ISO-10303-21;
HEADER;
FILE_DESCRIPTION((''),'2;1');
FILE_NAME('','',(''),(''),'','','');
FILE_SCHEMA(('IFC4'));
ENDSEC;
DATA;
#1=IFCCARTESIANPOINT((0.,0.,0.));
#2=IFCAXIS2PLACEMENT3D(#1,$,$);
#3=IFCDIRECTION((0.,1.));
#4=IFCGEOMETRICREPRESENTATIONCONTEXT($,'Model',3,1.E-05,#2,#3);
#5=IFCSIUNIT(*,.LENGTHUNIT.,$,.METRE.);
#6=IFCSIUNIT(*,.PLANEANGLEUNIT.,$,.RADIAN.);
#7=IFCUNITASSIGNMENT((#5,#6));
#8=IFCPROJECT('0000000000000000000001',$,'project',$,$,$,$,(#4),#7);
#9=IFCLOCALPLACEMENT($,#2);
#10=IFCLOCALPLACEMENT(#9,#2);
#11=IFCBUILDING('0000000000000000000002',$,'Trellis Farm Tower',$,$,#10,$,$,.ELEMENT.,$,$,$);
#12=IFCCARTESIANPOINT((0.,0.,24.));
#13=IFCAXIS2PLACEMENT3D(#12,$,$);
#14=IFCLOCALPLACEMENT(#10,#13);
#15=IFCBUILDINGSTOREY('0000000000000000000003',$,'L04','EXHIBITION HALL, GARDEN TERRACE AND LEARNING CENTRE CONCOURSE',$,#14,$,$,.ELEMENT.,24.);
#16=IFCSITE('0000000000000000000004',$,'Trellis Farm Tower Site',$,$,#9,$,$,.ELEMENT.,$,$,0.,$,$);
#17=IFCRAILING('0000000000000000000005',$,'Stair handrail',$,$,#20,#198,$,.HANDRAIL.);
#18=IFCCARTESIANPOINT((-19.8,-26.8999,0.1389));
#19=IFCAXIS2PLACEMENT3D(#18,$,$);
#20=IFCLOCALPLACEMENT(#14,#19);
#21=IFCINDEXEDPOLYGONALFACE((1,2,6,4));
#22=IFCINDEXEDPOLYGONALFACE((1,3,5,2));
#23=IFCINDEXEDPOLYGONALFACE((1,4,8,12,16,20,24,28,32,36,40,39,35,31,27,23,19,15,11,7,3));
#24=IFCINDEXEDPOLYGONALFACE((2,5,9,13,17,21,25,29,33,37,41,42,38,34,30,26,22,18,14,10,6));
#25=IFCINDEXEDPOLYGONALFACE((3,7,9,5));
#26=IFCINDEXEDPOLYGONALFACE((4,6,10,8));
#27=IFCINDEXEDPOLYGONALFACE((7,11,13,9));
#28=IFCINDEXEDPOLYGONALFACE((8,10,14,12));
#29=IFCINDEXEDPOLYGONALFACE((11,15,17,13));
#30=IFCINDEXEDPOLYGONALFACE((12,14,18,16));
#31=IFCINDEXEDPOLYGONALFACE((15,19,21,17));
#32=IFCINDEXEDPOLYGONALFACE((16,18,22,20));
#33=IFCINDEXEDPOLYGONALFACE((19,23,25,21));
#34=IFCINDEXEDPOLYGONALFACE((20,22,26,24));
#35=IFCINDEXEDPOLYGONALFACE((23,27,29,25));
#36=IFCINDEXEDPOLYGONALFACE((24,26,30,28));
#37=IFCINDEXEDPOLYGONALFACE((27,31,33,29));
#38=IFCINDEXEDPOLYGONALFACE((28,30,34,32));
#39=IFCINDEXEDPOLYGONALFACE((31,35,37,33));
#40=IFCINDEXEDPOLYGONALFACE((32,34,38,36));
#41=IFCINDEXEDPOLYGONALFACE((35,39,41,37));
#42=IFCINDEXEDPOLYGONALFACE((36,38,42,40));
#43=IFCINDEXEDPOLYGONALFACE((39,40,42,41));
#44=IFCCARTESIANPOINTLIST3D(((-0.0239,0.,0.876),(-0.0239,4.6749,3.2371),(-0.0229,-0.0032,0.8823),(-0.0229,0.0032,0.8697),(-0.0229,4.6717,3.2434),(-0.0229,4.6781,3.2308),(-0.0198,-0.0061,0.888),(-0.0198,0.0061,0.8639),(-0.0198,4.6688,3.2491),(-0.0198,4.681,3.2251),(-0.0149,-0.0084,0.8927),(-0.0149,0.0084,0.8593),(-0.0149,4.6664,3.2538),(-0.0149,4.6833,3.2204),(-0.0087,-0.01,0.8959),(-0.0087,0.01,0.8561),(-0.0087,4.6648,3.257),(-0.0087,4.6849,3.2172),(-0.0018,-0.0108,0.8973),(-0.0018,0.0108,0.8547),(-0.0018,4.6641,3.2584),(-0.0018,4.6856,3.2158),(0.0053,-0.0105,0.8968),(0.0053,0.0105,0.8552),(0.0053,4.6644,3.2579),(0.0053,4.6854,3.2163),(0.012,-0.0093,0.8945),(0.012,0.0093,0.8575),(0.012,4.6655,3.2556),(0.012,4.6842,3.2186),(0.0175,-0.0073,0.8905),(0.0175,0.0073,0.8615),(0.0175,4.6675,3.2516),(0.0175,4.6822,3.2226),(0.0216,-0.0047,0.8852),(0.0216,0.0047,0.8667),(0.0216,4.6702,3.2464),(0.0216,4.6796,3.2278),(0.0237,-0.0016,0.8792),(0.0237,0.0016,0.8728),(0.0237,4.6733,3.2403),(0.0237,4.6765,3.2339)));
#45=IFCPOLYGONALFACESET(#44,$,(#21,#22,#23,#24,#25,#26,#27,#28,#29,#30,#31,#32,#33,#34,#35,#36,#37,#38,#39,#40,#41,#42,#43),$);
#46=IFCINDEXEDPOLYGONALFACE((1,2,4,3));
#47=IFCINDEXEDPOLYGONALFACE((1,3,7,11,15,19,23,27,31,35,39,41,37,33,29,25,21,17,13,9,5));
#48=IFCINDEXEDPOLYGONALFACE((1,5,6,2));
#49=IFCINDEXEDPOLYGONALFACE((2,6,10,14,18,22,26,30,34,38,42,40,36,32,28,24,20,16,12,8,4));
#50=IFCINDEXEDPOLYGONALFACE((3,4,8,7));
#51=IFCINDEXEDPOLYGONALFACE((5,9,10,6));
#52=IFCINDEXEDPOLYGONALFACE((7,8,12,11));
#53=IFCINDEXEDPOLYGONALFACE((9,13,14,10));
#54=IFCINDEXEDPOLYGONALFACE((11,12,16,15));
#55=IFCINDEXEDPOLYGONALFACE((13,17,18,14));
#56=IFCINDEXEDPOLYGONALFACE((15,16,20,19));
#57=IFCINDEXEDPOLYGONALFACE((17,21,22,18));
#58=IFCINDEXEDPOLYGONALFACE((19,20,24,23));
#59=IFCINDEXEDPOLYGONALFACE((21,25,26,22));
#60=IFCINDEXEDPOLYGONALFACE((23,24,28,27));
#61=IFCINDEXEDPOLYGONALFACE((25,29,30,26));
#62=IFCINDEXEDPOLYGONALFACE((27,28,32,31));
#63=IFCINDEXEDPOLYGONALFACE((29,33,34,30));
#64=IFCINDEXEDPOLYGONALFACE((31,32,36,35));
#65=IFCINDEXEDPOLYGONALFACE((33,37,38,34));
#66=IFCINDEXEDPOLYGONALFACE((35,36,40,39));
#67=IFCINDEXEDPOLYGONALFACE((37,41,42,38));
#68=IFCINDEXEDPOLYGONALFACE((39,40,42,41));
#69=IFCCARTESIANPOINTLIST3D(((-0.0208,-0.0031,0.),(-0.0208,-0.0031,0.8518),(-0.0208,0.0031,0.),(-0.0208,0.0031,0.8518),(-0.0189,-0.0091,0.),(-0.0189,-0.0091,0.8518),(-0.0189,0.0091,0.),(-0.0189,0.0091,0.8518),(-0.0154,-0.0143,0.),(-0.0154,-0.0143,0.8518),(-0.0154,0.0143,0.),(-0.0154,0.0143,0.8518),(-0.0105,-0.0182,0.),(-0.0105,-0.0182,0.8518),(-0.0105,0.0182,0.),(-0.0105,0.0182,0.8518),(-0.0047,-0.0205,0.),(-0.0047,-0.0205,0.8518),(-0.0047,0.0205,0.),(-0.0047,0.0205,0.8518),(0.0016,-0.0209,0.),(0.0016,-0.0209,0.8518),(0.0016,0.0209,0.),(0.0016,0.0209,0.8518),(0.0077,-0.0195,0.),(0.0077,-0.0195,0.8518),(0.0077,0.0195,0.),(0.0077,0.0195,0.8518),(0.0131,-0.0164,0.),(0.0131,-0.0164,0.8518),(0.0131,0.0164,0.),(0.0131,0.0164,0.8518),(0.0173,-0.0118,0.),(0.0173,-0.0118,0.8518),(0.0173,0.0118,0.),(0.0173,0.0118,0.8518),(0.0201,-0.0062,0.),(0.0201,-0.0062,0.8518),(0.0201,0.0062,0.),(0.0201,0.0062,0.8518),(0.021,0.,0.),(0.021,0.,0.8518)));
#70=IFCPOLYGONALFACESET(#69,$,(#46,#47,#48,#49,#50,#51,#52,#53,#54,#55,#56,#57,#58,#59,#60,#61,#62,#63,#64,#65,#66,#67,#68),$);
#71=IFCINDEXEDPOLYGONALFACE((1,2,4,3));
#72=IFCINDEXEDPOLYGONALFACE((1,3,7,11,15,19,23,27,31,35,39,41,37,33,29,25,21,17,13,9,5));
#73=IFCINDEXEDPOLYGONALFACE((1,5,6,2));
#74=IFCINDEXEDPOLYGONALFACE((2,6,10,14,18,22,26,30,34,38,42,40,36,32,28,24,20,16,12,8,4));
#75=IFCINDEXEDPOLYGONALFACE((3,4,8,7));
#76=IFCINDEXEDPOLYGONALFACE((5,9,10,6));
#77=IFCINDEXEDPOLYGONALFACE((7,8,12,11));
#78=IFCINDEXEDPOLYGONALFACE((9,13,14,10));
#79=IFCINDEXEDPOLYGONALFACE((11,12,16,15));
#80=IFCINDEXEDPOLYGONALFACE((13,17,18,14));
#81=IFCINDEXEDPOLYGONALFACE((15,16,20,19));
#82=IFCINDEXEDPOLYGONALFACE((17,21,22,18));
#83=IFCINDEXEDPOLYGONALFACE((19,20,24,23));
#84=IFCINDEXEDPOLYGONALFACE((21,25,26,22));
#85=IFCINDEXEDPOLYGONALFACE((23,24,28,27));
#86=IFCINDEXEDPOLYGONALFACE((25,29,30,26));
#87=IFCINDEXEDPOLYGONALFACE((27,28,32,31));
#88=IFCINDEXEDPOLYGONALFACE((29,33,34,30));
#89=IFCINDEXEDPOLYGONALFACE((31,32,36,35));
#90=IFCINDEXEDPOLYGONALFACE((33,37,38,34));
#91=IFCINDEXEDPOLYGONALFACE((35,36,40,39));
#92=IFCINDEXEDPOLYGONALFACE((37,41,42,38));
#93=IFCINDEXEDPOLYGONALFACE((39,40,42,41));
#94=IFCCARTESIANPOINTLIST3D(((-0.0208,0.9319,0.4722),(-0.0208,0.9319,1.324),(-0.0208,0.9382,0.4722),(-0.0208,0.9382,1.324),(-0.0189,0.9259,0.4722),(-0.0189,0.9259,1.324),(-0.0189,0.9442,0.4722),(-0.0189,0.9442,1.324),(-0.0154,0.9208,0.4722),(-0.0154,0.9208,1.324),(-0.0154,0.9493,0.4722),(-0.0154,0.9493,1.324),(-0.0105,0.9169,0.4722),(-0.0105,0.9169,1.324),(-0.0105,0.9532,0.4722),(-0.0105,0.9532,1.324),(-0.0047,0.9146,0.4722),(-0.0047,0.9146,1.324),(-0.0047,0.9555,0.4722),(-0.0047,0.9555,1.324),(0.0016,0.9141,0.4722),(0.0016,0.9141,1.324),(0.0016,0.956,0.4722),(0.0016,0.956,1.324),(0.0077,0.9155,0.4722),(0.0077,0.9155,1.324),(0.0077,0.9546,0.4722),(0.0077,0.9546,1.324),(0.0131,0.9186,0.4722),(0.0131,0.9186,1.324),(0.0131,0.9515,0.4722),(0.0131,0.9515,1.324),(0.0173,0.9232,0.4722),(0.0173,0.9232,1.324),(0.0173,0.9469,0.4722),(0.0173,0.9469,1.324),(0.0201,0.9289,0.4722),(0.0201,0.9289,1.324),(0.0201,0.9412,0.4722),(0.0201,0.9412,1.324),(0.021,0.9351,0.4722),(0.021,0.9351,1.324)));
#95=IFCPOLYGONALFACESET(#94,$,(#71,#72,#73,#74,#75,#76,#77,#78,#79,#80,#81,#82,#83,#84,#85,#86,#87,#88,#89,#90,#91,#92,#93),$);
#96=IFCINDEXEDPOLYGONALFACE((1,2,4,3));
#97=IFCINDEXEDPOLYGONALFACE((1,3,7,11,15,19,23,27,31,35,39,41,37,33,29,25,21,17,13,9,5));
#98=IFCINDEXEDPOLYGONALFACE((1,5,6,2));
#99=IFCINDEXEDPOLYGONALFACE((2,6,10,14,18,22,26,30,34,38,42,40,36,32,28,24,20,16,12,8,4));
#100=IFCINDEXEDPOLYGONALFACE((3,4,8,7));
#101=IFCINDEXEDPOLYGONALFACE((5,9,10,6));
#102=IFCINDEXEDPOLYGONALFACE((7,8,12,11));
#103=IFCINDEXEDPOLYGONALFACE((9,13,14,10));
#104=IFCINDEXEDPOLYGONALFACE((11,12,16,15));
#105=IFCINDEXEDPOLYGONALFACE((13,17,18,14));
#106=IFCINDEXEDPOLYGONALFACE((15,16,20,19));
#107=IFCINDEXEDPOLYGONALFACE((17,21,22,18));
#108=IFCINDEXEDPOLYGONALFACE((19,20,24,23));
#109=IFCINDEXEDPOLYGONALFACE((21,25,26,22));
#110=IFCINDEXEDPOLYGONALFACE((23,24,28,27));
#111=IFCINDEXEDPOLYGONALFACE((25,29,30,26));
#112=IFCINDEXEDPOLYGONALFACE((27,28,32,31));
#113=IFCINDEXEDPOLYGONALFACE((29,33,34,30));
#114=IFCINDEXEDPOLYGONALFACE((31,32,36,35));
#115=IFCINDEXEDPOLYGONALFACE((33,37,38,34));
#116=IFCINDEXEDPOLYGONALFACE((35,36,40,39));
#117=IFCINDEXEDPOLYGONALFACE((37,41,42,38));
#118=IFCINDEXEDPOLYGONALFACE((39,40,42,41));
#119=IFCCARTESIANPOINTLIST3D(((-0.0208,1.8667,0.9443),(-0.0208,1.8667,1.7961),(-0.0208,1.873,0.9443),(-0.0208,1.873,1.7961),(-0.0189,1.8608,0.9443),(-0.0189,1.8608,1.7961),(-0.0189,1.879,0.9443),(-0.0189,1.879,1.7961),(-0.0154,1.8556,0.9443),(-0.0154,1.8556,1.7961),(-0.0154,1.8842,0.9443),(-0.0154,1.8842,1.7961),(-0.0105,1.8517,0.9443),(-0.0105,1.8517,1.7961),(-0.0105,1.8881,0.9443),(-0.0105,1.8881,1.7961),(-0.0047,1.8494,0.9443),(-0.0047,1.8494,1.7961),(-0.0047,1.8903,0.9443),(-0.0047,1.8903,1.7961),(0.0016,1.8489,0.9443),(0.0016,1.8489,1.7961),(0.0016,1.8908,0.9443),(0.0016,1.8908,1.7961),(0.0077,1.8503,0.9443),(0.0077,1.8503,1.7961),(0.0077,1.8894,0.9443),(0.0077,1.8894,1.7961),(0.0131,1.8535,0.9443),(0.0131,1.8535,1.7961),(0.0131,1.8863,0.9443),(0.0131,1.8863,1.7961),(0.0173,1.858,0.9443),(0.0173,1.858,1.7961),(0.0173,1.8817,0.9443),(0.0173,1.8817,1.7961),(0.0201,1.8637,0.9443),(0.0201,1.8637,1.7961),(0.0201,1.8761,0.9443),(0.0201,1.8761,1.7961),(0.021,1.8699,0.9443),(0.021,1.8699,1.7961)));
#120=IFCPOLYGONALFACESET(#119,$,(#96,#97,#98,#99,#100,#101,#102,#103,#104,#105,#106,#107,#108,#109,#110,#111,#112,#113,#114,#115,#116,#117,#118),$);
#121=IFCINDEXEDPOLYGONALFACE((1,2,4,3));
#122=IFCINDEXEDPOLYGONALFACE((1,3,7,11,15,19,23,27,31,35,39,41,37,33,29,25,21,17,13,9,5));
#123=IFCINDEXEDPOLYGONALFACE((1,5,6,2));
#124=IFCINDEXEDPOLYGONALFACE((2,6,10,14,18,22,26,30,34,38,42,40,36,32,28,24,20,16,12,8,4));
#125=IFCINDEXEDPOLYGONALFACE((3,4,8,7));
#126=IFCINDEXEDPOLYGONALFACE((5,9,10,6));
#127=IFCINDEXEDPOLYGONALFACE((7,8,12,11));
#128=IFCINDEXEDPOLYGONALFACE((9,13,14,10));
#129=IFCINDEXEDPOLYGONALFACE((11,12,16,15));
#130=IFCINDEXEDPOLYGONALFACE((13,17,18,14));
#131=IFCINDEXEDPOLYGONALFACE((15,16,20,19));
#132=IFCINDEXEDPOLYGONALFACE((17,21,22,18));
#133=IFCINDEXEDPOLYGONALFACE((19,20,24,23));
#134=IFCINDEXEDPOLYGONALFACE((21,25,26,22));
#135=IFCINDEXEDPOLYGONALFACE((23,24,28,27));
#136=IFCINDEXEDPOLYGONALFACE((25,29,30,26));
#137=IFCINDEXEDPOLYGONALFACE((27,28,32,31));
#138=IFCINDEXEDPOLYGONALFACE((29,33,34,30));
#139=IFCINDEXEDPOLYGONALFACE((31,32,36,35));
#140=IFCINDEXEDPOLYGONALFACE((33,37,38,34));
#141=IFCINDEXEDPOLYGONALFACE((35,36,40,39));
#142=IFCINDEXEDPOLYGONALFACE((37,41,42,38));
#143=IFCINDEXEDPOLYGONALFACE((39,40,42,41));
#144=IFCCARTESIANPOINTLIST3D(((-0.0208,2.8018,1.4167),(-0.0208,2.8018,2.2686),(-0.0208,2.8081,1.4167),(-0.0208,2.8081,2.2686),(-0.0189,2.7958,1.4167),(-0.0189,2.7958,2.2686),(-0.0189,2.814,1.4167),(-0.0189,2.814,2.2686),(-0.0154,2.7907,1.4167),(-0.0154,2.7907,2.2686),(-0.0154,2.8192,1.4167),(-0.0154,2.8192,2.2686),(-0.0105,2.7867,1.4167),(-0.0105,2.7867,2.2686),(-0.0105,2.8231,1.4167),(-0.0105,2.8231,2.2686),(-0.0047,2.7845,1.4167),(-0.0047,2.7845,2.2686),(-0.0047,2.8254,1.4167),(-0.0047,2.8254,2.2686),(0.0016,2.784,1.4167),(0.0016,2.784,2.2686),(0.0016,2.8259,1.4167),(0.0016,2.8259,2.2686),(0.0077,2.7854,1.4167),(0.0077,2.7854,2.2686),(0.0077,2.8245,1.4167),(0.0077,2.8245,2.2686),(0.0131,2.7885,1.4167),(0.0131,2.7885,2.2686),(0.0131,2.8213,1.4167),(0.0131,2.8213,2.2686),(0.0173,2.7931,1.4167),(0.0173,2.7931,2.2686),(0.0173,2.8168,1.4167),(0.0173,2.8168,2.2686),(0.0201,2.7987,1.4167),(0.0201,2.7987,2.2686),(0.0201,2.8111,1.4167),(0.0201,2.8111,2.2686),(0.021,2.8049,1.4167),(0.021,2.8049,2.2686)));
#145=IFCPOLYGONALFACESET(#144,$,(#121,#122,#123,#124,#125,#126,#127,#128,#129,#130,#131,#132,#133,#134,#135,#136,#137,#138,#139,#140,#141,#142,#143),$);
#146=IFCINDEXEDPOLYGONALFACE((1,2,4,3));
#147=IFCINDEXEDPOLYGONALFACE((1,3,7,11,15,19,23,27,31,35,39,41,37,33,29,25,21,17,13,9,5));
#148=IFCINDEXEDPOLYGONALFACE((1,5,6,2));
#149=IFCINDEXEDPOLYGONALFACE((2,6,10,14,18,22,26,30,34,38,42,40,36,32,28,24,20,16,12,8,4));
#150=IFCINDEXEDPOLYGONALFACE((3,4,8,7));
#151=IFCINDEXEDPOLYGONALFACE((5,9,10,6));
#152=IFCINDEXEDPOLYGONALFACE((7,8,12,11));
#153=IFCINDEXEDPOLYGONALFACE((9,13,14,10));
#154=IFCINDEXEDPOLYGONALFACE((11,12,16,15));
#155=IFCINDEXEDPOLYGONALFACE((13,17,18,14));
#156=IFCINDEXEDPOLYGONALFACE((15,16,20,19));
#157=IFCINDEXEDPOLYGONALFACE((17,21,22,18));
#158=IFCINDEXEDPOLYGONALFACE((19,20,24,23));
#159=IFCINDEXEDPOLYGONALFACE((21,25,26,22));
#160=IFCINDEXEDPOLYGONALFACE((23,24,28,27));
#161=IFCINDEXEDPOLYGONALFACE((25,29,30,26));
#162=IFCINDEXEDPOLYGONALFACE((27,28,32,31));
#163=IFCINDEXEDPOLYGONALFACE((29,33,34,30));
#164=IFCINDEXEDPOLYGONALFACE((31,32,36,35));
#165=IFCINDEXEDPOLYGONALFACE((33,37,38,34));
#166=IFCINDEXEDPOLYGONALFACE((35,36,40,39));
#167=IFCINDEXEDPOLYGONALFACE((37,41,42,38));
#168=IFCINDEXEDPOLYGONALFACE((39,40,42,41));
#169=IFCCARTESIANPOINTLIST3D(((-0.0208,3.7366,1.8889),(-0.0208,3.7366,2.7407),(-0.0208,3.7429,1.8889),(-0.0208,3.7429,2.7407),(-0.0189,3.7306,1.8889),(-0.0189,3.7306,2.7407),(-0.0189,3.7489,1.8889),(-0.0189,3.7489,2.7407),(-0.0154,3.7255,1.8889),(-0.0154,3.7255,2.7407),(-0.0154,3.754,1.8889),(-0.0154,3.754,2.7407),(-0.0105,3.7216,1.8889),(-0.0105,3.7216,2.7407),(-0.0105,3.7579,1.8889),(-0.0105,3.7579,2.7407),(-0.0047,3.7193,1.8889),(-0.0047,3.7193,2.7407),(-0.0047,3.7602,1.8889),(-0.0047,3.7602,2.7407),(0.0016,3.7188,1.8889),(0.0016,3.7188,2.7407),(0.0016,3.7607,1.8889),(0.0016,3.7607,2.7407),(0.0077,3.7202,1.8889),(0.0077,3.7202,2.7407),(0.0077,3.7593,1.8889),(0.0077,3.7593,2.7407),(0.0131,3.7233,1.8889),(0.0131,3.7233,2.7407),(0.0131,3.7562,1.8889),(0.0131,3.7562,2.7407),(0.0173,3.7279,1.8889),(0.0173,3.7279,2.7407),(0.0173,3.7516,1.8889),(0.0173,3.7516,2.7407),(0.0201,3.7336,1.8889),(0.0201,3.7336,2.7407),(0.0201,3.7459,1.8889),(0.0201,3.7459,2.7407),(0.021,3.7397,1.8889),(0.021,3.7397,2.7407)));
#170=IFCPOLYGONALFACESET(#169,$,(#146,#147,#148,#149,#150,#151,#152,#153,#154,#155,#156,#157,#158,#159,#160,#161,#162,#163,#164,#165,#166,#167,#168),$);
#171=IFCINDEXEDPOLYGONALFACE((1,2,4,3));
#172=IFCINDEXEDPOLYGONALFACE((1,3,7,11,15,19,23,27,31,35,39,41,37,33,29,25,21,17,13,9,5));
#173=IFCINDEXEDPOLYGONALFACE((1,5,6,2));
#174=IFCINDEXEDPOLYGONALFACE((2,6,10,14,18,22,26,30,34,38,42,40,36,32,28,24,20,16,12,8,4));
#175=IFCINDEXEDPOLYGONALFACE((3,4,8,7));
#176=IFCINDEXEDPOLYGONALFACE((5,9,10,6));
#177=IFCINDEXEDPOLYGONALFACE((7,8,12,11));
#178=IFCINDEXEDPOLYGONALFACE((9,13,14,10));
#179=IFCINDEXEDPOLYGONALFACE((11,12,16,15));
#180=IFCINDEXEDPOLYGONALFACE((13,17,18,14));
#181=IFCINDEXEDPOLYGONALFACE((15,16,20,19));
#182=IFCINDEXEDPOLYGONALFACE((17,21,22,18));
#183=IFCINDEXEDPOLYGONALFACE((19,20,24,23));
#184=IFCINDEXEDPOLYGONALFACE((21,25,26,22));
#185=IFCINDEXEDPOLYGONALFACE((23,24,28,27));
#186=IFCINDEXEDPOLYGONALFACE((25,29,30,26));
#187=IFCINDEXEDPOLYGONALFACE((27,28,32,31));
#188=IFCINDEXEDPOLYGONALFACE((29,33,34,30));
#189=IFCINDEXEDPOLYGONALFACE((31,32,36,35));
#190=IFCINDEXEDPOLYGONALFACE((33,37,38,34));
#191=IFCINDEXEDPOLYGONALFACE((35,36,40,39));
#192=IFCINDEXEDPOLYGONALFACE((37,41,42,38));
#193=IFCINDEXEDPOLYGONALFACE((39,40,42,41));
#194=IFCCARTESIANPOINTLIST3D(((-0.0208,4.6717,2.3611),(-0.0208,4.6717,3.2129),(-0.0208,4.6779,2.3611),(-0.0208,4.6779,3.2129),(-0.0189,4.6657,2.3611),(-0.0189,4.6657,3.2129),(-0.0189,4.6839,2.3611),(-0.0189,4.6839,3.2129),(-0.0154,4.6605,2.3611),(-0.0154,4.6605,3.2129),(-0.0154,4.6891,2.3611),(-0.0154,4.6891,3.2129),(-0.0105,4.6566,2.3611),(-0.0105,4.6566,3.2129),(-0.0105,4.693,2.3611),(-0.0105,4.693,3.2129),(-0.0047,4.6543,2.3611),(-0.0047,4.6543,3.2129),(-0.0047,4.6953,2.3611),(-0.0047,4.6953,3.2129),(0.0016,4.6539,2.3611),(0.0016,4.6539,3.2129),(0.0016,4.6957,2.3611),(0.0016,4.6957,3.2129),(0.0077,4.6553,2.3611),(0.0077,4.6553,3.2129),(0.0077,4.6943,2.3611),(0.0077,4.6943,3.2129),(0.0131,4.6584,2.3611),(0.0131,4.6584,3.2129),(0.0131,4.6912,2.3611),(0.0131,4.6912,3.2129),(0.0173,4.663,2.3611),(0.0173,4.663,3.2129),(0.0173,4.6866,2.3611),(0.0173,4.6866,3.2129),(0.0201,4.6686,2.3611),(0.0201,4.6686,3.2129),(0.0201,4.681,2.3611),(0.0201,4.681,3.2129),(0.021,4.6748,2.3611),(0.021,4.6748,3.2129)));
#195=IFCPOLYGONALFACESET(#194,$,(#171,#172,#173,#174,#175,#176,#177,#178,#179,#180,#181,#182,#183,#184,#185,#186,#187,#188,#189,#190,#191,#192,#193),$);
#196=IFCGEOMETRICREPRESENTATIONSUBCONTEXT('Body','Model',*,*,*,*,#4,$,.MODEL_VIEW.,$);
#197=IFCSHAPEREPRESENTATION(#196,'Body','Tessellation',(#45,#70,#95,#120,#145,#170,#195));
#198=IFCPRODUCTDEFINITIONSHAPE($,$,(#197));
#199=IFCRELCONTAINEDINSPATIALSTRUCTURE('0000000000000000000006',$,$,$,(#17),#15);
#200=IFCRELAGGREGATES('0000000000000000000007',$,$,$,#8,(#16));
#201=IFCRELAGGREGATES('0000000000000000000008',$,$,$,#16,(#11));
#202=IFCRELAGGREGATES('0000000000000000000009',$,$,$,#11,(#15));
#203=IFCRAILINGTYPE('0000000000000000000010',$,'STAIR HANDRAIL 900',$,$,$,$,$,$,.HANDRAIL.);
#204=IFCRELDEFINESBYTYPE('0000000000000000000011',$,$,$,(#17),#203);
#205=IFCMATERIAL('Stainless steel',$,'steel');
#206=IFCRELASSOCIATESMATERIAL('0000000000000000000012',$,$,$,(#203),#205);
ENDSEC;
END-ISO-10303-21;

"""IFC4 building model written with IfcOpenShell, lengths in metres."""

from ifc_helpers import new_model, si_unit, direction, frame, origin, origin_2d, place, context, subcontext, project, spatial, circle, extrude, source, transform, mapped, material, type_object, element, save


model = new_model("IFC4")

# Units and contexts
model_context = context("Model", 3, precision=1e-05, world=origin(), true_north=direction((0.0, 1.0)))
body_context = subcontext(model_context, "Body", "Model", "MODEL_VIEW")
ifc_project = project(units=[si_unit("LENGTHUNIT", "METRE"), si_unit("PLANEANGLEUNIT", "RADIAN")], contexts=[model_context])

# Site, building, storey
site_placement = place(None, origin())
site = spatial("IfcSite", under=ifc_project, at=site_placement, Name="Trellis Farm Tower Site", CompositionType="ELEMENT", RefElevation=0.0)
building_placement = place(site_placement, origin())
building = spatial("IfcBuilding", under=site, at=building_placement, Name="Trellis Farm Tower", CompositionType="ELEMENT")
storey_placement = place(building_placement, frame((0.0, 0.0, 24.0)))
storey = spatial("IfcBuildingStorey", under=building, at=storey_placement, Name="L04", Description="EXHIBITION HALL, GARDEN TERRACE AND LEARNING CENTRE CONCOURSE", CompositionType="ELEMENT", Elevation=24.0)

# Railing
ifc_material_1 = material(Name="Stainless steel", Category="steel")
railing_type = type_object("IfcRailingType", Name="STAIR HANDRAIL 900", PredefinedType="HANDRAIL", material=ifc_material_1)
shared_shape_1 = source(origin(), body_context, "Body", "SweptSolid", [
    extrude(circle(Radius=0.0239, at=origin_2d()), frame((0.0, 0.0, 0.876), z_axis=(0.0, 0.892611, 0.450827), x_axis=(-1.0, 0.0, 0.0)), (0.0, 0.0, 1.0), 5.2373),
    extrude(circle(Radius=0.021, at=origin_2d()), origin(), (0.0, 0.0, 1.0), 0.8518),
    extrude(circle(Radius=0.021, at=origin_2d()), frame((0.0, 0.9351, 0.4722)), (0.0, 0.0, 1.0), 0.8518),
    extrude(circle(Radius=0.021, at=origin_2d()), frame((0.0, 1.8699, 0.9443)), (0.0, 0.0, 1.0), 0.8518),
    extrude(circle(Radius=0.021, at=origin_2d()), frame((0.0, 2.8049, 1.4167)), (0.0, 0.0, 1.0), 0.8518),
    extrude(circle(Radius=0.021, at=origin_2d()), frame((0.0, 3.7397, 1.8889)), (0.0, 0.0, 1.0), 0.8518),
    extrude(circle(Radius=0.021, at=origin_2d()), frame((0.0, 4.6748, 2.3611)), (0.0, 0.0, 1.0), 0.8518),
])
for number, where, name in (
    (1, (-19.8, -26.8999, 0.1389), "Stair handrail"),
):
    element("IfcRailing", number, at=place(storey_placement, frame(where)), inside=storey, type_object=railing_type, Name=name, PredefinedType="HANDRAIL", context=body_context, shape_type="MappedRepresentation", body=[
        mapped(shared_shape_1, transform((0.0, 0.0, 0.0))),
    ])

save(model, "model.ifc")
